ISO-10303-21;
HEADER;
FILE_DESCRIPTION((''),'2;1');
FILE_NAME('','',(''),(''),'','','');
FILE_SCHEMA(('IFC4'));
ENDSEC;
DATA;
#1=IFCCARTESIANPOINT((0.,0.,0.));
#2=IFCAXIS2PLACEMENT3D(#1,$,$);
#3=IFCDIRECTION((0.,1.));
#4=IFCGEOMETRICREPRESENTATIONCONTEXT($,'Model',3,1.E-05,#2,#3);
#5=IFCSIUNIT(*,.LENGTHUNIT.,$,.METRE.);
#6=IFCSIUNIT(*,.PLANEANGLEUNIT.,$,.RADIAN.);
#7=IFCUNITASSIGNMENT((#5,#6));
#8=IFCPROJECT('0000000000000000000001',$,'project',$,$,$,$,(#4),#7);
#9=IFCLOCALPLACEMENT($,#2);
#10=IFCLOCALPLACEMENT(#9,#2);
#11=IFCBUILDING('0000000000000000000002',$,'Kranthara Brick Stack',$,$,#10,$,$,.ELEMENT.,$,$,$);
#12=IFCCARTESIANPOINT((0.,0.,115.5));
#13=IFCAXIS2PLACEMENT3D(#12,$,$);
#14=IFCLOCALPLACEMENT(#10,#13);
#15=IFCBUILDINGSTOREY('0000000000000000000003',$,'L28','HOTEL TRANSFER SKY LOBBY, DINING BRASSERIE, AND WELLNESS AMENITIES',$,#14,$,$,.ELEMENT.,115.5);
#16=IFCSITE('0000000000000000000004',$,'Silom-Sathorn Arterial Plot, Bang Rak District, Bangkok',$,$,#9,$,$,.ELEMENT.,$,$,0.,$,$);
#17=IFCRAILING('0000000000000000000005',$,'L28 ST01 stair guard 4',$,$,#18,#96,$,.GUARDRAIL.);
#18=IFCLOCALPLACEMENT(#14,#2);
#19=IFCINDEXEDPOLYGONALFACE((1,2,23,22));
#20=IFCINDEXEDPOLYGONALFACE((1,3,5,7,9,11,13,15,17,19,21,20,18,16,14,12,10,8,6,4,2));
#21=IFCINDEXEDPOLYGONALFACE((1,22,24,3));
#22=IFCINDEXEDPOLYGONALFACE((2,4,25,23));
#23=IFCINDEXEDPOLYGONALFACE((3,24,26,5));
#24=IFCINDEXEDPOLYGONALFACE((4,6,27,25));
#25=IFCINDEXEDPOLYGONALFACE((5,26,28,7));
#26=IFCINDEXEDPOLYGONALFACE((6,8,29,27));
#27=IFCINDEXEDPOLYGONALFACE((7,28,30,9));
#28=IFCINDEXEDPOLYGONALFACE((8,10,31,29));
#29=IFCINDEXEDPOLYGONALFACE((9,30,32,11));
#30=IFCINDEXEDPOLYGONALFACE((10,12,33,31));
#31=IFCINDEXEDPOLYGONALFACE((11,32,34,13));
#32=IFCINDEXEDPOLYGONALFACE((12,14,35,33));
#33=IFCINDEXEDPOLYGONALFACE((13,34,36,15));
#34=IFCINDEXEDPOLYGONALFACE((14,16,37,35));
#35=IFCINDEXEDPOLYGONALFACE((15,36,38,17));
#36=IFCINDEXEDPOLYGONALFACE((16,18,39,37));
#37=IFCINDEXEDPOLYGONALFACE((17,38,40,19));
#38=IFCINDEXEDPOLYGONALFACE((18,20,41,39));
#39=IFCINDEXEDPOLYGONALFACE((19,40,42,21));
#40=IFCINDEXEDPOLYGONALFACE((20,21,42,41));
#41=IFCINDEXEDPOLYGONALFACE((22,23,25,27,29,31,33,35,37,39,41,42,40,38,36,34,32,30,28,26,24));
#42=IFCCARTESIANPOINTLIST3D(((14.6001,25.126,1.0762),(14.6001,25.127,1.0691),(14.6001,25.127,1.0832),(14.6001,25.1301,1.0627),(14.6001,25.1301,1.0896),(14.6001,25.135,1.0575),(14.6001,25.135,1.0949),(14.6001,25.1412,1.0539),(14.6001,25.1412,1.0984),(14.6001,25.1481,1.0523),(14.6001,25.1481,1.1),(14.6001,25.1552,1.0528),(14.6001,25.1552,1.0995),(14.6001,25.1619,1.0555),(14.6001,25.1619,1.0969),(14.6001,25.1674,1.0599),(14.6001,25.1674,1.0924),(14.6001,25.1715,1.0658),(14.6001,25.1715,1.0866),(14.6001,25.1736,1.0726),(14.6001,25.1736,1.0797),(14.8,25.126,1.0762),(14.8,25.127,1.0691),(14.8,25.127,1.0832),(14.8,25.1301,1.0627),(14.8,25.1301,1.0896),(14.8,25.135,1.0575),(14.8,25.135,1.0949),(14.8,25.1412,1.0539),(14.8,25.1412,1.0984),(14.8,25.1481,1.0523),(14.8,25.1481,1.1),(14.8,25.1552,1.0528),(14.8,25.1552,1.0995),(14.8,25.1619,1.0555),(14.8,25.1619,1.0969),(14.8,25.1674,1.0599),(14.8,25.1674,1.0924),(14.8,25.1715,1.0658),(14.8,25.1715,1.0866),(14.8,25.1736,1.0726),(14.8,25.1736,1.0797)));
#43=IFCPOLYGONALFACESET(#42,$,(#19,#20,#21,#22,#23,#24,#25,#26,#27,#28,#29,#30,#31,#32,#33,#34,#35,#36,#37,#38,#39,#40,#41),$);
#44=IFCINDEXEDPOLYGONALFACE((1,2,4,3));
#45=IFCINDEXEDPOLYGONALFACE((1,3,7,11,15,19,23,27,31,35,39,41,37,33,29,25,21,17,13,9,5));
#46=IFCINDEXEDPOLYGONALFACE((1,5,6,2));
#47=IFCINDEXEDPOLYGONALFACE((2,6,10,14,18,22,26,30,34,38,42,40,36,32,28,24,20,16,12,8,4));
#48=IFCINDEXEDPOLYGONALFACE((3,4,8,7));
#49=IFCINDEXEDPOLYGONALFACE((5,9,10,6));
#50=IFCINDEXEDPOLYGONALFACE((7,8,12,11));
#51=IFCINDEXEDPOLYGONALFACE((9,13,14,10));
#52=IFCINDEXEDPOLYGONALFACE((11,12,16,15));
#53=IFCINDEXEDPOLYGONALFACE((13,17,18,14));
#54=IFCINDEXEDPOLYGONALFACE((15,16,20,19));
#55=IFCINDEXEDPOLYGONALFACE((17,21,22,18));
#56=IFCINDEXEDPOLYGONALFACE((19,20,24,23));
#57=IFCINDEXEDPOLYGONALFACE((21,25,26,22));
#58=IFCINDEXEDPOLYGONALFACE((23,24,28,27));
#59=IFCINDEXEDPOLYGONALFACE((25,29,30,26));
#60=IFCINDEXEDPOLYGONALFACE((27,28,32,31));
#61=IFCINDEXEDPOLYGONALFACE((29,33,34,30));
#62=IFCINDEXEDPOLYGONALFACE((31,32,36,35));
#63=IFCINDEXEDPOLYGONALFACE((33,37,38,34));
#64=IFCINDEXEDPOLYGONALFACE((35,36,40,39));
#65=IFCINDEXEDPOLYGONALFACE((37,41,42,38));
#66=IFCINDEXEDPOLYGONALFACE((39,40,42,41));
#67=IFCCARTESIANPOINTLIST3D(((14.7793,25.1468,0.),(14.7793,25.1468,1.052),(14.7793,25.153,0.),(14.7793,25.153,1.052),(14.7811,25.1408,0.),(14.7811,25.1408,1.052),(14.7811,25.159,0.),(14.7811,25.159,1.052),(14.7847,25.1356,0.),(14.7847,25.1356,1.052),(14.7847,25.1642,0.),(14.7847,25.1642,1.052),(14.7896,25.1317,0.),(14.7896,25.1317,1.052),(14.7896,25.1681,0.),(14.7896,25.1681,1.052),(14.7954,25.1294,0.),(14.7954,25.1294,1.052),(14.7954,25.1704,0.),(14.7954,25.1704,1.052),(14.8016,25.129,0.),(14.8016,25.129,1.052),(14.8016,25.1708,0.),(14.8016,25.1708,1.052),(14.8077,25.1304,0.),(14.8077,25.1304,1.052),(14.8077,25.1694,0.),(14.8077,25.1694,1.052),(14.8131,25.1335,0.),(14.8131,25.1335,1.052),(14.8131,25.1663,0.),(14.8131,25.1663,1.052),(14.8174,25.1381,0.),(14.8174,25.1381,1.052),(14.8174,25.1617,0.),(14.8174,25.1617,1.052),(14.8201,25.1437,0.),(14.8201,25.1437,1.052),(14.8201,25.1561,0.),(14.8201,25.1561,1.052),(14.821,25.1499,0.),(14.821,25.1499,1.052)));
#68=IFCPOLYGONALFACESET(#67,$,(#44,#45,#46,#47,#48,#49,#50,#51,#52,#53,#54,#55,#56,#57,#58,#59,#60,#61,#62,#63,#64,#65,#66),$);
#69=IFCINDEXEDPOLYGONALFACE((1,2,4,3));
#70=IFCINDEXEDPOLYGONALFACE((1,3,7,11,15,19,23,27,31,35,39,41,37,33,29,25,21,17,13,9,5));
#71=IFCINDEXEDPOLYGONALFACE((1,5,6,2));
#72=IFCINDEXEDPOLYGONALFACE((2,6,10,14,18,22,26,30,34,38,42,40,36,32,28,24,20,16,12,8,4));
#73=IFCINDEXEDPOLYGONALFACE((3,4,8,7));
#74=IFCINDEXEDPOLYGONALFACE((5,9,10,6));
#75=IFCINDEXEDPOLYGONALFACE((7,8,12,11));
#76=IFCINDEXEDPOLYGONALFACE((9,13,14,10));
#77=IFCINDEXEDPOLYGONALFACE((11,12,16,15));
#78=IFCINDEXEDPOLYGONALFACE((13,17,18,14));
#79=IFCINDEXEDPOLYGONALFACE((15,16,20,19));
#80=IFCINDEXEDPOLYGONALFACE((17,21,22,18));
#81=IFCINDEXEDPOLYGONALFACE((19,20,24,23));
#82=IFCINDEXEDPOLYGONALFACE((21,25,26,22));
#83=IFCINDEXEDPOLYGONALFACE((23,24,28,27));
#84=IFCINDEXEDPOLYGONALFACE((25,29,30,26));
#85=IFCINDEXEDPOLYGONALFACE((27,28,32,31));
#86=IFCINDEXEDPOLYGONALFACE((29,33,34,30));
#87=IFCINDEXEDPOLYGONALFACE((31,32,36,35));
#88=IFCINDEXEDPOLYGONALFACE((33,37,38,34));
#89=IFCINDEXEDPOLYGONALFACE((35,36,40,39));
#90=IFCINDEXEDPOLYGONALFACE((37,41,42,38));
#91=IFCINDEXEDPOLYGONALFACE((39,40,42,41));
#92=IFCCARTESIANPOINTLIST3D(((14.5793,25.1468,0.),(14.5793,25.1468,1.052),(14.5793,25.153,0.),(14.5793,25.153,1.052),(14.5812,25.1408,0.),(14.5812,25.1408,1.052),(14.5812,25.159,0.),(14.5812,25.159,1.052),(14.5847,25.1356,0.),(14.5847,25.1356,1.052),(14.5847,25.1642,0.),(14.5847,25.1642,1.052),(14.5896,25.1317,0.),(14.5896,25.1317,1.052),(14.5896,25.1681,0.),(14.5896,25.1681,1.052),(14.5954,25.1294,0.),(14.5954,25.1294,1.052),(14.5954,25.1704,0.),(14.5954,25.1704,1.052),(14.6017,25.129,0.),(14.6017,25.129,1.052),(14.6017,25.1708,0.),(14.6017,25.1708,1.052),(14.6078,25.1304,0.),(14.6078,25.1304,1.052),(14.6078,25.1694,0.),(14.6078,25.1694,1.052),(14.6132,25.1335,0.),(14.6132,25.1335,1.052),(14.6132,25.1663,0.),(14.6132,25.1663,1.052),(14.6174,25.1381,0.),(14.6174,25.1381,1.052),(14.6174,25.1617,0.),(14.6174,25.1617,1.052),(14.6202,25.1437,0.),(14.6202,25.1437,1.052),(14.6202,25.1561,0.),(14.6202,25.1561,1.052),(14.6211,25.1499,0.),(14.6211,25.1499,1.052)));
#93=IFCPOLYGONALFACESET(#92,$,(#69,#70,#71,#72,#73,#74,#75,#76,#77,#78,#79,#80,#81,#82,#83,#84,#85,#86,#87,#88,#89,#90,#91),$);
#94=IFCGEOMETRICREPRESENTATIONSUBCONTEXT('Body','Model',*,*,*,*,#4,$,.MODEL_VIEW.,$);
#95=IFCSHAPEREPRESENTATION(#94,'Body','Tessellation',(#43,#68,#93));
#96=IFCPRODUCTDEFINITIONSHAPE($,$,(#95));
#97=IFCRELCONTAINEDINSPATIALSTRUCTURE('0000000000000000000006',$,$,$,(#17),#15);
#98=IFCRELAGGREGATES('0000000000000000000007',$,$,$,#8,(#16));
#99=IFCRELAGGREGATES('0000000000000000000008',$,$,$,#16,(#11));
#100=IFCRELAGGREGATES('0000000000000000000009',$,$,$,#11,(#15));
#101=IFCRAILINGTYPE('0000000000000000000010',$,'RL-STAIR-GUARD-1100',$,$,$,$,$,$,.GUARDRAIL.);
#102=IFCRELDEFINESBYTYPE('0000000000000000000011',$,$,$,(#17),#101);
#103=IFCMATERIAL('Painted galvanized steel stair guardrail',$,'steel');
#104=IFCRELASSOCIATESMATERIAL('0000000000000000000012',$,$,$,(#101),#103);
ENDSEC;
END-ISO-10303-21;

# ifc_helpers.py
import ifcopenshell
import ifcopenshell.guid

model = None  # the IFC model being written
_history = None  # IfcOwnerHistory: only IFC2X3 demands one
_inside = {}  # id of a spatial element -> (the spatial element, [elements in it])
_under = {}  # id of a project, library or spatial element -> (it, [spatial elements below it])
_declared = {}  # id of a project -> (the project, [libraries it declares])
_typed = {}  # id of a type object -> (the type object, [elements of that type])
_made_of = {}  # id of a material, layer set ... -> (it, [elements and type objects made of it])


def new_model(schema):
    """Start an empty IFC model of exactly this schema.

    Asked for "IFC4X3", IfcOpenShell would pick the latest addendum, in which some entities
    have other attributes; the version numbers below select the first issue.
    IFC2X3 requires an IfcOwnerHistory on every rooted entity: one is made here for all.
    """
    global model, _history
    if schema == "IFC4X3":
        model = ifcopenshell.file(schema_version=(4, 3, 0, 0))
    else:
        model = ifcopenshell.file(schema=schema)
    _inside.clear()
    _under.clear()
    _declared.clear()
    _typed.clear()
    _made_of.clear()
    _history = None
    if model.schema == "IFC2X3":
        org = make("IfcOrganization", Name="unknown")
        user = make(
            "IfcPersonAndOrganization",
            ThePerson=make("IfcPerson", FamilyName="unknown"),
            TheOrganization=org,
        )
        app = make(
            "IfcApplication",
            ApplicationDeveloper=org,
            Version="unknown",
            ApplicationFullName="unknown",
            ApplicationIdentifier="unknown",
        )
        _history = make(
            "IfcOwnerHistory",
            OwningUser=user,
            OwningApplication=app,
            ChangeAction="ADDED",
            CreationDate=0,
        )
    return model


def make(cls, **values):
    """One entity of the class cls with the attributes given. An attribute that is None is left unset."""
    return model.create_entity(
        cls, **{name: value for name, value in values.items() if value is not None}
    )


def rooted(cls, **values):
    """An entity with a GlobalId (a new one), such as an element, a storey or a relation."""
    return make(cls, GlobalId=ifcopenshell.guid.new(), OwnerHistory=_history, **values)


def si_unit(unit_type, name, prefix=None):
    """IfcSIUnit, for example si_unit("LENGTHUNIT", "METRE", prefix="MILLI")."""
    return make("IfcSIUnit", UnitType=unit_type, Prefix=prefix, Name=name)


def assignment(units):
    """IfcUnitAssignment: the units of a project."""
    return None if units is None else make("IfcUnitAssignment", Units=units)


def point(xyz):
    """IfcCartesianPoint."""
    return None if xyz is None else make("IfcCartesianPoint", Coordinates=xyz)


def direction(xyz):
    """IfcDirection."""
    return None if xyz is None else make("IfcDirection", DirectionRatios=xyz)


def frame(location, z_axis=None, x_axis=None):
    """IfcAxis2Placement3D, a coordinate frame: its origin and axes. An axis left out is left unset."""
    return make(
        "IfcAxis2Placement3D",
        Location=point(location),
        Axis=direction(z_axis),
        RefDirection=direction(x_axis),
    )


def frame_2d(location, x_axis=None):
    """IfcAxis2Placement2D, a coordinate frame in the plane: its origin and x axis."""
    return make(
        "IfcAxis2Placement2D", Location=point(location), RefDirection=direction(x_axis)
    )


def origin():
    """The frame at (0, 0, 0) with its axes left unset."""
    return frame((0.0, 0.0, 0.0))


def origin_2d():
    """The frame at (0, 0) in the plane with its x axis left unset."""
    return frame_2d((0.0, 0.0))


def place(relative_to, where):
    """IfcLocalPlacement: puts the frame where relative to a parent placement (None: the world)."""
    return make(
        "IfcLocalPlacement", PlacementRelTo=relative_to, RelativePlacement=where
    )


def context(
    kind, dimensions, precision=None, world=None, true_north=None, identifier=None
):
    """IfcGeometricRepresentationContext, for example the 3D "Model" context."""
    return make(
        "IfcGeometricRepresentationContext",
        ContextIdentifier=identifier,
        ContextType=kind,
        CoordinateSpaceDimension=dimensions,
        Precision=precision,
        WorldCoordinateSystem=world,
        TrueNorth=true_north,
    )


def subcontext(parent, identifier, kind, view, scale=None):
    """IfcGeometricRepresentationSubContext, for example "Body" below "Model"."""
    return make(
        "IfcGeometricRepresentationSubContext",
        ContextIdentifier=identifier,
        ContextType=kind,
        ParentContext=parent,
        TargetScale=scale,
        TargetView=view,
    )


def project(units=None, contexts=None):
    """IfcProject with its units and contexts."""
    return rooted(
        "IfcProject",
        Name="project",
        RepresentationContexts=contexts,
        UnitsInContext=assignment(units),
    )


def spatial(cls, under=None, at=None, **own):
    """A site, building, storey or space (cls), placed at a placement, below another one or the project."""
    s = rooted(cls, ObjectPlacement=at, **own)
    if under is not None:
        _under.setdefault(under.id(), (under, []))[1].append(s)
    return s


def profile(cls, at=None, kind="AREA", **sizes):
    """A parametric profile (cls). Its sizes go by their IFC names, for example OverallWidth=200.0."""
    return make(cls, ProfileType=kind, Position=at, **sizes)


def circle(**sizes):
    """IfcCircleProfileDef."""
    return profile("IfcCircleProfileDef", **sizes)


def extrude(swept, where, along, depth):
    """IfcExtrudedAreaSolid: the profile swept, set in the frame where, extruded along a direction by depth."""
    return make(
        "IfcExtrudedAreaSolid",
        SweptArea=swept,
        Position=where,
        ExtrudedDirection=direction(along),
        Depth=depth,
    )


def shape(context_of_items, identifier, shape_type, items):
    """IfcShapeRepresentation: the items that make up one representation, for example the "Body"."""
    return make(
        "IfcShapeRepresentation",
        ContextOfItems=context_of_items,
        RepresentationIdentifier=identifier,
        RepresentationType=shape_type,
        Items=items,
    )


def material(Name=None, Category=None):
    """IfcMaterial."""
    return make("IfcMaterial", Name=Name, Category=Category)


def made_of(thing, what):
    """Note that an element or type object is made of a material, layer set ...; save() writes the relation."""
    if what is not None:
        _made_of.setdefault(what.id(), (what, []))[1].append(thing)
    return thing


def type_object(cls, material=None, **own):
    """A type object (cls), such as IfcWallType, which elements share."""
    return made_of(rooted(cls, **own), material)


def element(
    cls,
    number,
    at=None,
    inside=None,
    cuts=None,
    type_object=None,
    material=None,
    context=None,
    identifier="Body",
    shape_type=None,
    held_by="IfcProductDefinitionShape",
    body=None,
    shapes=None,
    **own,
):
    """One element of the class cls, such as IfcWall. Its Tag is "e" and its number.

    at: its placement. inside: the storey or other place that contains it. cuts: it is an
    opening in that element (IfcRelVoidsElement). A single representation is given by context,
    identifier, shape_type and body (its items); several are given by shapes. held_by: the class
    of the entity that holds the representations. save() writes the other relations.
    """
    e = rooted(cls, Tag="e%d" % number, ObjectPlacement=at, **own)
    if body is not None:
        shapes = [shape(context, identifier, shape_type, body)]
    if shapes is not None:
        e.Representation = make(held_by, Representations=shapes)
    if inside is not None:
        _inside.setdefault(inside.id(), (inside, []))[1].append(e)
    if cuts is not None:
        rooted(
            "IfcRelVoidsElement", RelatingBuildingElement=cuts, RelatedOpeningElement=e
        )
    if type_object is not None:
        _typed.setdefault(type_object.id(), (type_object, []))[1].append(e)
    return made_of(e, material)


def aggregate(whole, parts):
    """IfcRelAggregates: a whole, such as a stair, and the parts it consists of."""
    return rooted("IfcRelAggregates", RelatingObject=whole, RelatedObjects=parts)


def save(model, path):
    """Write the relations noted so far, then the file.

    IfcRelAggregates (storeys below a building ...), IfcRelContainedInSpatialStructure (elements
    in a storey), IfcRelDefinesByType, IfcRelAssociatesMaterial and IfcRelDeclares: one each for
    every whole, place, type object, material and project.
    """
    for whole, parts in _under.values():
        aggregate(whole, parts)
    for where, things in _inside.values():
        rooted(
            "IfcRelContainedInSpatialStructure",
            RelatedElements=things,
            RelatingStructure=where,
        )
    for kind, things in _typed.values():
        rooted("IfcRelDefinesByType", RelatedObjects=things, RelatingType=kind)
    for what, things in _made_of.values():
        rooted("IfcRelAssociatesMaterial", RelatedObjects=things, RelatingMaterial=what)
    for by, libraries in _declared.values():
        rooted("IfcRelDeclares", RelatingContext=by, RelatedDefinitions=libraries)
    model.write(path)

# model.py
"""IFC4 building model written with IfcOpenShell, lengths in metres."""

from ifc_helpers import new_model, si_unit, direction, frame, origin, origin_2d, place, context, subcontext, project, spatial, circle, extrude, material, type_object, element, save


model = new_model("IFC4")

# Units and contexts
model_context = context("Model", 3, precision=1e-05, world=origin(), true_north=direction((0.0, 1.0)))
body_context = subcontext(model_context, "Body", "Model", "MODEL_VIEW")
ifc_project = project(units=[si_unit("LENGTHUNIT", "METRE"), si_unit("PLANEANGLEUNIT", "RADIAN")], contexts=[model_context])

# Site, building, storey
site_placement = place(None, origin())
site = spatial("IfcSite", under=ifc_project, at=site_placement, Name="Silom-Sathorn Arterial Plot, Bang Rak District, Bangkok", CompositionType="ELEMENT", RefElevation=0.0)
building_placement = place(site_placement, origin())
building = spatial("IfcBuilding", under=site, at=building_placement, Name="Kranthara Brick Stack", CompositionType="ELEMENT")
storey_placement = place(building_placement, frame((0.0, 0.0, 115.5)))
storey = spatial("IfcBuildingStorey", under=building, at=storey_placement, Name="L28", Description="HOTEL TRANSFER SKY LOBBY, DINING BRASSERIE, AND WELLNESS AMENITIES", CompositionType="ELEMENT", Elevation=115.5)

# Railing
ifc_material_1 = material(Name="Painted galvanized steel stair guardrail", Category="steel")
railing_type = type_object("IfcRailingType", Name="RL-STAIR-GUARD-1100", PredefinedType="GUARDRAIL", material=ifc_material_1)
railing_1_placement = place(storey_placement, frame((14.8, 25.1499, 0.0)))
element("IfcRailing", 1, at=railing_1_placement, inside=storey, type_object=railing_type, Name="L28 ST01 stair guard 4", PredefinedType="GUARDRAIL", context=body_context, shape_type="SweptSolid", body=[
    extrude(circle(Radius=0.0239, at=origin_2d()), frame((0.0, 0.0, 1.0762), z_axis=(-1.0, 0.0, 0.0), x_axis=(0.0, -1.0, 0.0)), (0.0, 0.0, 1.0), 0.2),
    extrude(circle(Radius=0.021, at=origin_2d()), origin(), (0.0, 0.0, 1.0), 1.052),
    extrude(circle(Radius=0.021, at=origin_2d()), frame((-0.2, 0.0, 0.0)), (0.0, 0.0, 1.0), 1.052),
])

save(model, "model.ifc")
